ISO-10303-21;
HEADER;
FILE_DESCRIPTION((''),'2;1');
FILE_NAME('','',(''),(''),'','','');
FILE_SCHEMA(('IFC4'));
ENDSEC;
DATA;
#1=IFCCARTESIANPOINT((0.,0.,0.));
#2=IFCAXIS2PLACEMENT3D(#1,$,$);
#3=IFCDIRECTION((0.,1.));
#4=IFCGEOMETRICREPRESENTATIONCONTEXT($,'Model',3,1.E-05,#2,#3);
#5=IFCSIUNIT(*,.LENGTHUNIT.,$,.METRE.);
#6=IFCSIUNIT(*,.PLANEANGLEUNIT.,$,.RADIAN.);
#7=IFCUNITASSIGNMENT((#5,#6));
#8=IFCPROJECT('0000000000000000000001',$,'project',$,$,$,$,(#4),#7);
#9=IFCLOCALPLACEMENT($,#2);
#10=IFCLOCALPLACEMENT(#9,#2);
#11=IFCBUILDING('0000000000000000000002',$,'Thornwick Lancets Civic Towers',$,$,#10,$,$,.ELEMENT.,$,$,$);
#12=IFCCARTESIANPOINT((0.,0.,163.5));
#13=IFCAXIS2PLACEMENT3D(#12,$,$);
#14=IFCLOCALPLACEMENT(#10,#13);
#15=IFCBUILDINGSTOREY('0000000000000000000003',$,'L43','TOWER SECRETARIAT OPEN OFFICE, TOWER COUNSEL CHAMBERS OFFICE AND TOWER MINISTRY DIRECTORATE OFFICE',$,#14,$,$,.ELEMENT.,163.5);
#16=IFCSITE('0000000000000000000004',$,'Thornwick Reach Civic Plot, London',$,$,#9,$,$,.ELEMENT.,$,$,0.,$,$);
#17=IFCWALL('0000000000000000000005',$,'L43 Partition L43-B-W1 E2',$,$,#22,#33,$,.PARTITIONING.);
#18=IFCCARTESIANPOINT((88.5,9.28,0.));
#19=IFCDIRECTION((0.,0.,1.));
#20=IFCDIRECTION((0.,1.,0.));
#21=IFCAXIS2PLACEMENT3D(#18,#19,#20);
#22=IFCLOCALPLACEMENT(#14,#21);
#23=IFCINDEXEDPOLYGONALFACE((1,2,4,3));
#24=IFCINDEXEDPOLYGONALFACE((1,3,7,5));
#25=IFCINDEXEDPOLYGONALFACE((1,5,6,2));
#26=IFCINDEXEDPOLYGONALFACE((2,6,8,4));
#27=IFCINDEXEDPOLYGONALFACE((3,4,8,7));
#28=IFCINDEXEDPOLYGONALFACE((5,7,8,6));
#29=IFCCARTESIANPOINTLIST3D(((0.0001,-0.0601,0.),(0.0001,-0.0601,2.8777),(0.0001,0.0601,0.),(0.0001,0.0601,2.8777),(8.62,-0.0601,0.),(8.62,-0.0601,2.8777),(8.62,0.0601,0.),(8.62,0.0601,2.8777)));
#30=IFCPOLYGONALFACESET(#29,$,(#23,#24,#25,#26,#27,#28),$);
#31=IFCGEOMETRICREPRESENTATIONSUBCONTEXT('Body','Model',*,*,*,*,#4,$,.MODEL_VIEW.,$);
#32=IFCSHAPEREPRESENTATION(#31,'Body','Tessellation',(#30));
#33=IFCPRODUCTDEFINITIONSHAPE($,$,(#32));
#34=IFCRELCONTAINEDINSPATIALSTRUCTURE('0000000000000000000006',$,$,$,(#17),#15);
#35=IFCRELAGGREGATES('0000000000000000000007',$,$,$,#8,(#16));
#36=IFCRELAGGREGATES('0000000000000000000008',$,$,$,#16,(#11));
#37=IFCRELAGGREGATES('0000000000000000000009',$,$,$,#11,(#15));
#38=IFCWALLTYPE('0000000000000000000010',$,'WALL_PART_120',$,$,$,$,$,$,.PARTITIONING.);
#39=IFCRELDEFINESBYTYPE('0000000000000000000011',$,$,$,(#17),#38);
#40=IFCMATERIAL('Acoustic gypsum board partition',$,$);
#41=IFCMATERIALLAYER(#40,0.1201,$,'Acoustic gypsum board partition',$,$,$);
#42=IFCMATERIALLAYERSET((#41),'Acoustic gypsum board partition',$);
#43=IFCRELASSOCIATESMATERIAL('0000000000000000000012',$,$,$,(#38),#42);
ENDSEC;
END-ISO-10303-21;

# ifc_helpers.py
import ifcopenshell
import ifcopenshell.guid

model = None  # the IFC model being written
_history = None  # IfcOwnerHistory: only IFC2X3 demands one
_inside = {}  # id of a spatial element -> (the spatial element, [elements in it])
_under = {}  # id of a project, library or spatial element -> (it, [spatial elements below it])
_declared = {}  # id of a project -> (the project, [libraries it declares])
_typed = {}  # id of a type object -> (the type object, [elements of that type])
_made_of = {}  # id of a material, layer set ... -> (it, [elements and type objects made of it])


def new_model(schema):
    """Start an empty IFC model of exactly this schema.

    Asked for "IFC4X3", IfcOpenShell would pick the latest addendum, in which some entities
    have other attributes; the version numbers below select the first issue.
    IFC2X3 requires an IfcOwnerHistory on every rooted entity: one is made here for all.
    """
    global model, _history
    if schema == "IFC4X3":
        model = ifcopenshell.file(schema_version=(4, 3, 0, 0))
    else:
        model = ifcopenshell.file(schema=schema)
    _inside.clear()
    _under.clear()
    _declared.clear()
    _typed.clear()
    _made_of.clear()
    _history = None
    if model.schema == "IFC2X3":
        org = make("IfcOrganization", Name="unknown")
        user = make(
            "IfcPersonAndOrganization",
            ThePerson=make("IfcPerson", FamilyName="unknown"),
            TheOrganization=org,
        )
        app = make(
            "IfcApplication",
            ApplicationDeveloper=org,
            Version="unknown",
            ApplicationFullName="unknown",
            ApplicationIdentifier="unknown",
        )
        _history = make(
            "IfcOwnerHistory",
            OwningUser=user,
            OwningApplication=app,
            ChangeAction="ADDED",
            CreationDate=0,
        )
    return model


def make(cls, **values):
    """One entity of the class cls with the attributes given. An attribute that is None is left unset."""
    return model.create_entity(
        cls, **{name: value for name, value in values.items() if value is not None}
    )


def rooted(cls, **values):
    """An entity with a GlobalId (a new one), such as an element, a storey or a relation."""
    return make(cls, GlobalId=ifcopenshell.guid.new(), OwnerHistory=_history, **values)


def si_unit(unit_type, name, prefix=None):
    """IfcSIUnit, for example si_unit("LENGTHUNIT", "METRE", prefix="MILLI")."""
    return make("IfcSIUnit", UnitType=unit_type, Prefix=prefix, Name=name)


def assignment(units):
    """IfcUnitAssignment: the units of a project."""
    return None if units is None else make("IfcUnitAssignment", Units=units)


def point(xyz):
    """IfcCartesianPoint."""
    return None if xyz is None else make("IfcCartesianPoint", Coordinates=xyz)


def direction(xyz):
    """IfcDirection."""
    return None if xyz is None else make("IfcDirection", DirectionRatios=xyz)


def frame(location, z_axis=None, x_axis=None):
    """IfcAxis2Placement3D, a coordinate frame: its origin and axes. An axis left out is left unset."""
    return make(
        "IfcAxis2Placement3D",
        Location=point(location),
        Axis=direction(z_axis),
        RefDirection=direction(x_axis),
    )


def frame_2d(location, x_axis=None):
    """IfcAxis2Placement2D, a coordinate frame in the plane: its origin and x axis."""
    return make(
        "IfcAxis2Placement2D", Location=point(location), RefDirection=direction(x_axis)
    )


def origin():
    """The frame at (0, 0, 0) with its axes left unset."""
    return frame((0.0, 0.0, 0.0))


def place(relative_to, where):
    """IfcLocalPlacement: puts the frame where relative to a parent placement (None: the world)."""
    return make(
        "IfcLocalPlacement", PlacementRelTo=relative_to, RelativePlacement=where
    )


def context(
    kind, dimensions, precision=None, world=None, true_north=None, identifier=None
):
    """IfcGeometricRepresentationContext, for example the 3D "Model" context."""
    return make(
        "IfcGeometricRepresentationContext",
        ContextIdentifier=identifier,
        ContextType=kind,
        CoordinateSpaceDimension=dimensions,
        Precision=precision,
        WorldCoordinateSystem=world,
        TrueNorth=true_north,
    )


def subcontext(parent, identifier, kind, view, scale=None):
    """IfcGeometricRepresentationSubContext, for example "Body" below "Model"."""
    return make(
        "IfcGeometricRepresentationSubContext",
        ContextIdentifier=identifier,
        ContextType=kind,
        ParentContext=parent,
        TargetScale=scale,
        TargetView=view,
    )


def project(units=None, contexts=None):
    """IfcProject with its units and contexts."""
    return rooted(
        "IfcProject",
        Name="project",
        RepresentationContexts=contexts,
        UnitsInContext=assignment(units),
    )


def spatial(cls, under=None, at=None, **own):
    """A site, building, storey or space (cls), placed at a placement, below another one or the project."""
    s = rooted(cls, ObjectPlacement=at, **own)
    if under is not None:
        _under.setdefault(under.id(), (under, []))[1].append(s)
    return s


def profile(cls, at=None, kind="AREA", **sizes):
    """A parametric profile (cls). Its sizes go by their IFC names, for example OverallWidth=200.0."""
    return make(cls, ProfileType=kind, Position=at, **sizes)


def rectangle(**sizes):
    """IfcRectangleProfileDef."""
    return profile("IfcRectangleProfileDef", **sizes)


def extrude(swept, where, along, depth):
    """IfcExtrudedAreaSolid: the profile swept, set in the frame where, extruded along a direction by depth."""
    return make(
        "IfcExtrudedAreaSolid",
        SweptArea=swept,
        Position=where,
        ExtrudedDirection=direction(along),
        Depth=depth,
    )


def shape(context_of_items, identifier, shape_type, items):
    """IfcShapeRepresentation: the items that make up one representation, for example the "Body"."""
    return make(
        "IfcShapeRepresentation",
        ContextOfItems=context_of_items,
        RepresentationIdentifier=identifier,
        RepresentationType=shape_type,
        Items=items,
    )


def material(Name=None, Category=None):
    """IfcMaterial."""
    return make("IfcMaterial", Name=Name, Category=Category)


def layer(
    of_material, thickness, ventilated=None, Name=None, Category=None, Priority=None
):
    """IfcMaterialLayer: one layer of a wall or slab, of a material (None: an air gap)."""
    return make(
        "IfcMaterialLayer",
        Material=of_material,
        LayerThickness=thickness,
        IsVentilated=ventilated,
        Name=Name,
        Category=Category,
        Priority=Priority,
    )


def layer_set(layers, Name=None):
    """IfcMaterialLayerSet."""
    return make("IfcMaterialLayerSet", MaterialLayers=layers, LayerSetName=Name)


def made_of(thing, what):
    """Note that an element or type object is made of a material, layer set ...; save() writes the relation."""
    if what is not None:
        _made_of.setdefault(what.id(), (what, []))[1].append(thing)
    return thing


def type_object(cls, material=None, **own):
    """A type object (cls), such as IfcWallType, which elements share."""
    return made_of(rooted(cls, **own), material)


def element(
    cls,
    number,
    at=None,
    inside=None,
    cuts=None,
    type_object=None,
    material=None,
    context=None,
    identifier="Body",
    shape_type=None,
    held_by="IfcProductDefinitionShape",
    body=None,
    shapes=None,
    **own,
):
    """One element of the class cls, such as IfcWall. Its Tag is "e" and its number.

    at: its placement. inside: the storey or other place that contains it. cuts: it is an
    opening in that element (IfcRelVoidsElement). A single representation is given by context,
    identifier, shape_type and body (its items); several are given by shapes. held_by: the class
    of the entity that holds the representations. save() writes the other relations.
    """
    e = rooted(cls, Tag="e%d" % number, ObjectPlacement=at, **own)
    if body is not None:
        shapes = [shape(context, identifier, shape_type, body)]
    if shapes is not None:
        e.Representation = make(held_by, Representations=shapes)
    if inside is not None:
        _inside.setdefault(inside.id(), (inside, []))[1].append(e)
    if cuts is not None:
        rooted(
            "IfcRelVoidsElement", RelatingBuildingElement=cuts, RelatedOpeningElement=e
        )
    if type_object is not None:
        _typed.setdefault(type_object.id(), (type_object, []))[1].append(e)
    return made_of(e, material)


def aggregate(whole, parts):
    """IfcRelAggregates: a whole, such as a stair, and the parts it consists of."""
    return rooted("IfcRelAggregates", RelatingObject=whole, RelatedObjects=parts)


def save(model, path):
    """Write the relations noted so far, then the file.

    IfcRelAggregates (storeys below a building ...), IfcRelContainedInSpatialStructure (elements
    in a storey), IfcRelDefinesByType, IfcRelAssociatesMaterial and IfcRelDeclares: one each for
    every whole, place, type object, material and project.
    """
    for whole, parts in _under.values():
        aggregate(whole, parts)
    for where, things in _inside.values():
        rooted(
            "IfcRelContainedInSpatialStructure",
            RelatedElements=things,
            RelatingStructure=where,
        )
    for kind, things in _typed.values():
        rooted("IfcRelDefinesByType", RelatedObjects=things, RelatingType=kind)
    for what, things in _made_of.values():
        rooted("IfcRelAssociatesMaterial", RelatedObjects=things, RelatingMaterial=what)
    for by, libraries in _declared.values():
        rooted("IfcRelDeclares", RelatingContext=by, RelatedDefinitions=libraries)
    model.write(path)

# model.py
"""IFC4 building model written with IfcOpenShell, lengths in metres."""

from ifc_helpers import new_model, si_unit, direction, frame, frame_2d, origin, place, context, subcontext, project, spatial, rectangle, extrude, material, layer, layer_set, type_object, element, save


model = new_model("IFC4")

# Units and contexts
model_context = context("Model", 3, precision=1e-05, world=origin(), true_north=direction((0.0, 1.0)))
body_context = subcontext(model_context, "Body", "Model", "MODEL_VIEW")
ifc_project = project(units=[si_unit("LENGTHUNIT", "METRE"), si_unit("PLANEANGLEUNIT", "RADIAN")], contexts=[model_context])

# Site, building, storey
site_placement = place(None, origin())
site = spatial("IfcSite", under=ifc_project, at=site_placement, Name="Thornwick Reach Civic Plot, London", CompositionType="ELEMENT", RefElevation=0.0)
building_placement = place(site_placement, origin())
building = spatial("IfcBuilding", under=site, at=building_placement, Name="Thornwick Lancets Civic Towers", CompositionType="ELEMENT")
storey_placement = place(building_placement, frame((0.0, 0.0, 163.5)))
storey = spatial("IfcBuildingStorey", under=building, at=storey_placement, Name="L43", Description="TOWER SECRETARIAT OPEN OFFICE, TOWER COUNSEL CHAMBERS OFFICE AND TOWER MINISTRY DIRECTORATE OFFICE", CompositionType="ELEMENT", Elevation=163.5)

# Wall
ifc_material_1 = material(Name="Acoustic gypsum board partition")
ifc_layer_1 = layer(ifc_material_1, 0.1201, Name="Acoustic gypsum board partition")
ifc_layer_set_1 = layer_set([ifc_layer_1], Name="Acoustic gypsum board partition")
wall_type_1 = type_object("IfcWallType", Name="WALL_PART_120", PredefinedType="PARTITIONING", material=ifc_layer_set_1)
wall_1_placement = place(storey_placement, frame((88.5, 9.28, 0.0), z_axis=(0.0, 0.0, 1.0), x_axis=(0.0, 1.0, 0.0)))
element("IfcWall", 1, at=wall_1_placement, inside=storey, type_object=wall_type_1, Name="L43 Partition L43-B-W1 E2", PredefinedType="PARTITIONING", context=body_context, shape_type="SweptSolid", body=[
    extrude(rectangle(XDim=8.6199, YDim=0.1201, at=frame_2d((4.3101, 0.0))), origin(), (0.0, 0.0, 1.0), 2.8777),
])

save(model, "model.ifc")
